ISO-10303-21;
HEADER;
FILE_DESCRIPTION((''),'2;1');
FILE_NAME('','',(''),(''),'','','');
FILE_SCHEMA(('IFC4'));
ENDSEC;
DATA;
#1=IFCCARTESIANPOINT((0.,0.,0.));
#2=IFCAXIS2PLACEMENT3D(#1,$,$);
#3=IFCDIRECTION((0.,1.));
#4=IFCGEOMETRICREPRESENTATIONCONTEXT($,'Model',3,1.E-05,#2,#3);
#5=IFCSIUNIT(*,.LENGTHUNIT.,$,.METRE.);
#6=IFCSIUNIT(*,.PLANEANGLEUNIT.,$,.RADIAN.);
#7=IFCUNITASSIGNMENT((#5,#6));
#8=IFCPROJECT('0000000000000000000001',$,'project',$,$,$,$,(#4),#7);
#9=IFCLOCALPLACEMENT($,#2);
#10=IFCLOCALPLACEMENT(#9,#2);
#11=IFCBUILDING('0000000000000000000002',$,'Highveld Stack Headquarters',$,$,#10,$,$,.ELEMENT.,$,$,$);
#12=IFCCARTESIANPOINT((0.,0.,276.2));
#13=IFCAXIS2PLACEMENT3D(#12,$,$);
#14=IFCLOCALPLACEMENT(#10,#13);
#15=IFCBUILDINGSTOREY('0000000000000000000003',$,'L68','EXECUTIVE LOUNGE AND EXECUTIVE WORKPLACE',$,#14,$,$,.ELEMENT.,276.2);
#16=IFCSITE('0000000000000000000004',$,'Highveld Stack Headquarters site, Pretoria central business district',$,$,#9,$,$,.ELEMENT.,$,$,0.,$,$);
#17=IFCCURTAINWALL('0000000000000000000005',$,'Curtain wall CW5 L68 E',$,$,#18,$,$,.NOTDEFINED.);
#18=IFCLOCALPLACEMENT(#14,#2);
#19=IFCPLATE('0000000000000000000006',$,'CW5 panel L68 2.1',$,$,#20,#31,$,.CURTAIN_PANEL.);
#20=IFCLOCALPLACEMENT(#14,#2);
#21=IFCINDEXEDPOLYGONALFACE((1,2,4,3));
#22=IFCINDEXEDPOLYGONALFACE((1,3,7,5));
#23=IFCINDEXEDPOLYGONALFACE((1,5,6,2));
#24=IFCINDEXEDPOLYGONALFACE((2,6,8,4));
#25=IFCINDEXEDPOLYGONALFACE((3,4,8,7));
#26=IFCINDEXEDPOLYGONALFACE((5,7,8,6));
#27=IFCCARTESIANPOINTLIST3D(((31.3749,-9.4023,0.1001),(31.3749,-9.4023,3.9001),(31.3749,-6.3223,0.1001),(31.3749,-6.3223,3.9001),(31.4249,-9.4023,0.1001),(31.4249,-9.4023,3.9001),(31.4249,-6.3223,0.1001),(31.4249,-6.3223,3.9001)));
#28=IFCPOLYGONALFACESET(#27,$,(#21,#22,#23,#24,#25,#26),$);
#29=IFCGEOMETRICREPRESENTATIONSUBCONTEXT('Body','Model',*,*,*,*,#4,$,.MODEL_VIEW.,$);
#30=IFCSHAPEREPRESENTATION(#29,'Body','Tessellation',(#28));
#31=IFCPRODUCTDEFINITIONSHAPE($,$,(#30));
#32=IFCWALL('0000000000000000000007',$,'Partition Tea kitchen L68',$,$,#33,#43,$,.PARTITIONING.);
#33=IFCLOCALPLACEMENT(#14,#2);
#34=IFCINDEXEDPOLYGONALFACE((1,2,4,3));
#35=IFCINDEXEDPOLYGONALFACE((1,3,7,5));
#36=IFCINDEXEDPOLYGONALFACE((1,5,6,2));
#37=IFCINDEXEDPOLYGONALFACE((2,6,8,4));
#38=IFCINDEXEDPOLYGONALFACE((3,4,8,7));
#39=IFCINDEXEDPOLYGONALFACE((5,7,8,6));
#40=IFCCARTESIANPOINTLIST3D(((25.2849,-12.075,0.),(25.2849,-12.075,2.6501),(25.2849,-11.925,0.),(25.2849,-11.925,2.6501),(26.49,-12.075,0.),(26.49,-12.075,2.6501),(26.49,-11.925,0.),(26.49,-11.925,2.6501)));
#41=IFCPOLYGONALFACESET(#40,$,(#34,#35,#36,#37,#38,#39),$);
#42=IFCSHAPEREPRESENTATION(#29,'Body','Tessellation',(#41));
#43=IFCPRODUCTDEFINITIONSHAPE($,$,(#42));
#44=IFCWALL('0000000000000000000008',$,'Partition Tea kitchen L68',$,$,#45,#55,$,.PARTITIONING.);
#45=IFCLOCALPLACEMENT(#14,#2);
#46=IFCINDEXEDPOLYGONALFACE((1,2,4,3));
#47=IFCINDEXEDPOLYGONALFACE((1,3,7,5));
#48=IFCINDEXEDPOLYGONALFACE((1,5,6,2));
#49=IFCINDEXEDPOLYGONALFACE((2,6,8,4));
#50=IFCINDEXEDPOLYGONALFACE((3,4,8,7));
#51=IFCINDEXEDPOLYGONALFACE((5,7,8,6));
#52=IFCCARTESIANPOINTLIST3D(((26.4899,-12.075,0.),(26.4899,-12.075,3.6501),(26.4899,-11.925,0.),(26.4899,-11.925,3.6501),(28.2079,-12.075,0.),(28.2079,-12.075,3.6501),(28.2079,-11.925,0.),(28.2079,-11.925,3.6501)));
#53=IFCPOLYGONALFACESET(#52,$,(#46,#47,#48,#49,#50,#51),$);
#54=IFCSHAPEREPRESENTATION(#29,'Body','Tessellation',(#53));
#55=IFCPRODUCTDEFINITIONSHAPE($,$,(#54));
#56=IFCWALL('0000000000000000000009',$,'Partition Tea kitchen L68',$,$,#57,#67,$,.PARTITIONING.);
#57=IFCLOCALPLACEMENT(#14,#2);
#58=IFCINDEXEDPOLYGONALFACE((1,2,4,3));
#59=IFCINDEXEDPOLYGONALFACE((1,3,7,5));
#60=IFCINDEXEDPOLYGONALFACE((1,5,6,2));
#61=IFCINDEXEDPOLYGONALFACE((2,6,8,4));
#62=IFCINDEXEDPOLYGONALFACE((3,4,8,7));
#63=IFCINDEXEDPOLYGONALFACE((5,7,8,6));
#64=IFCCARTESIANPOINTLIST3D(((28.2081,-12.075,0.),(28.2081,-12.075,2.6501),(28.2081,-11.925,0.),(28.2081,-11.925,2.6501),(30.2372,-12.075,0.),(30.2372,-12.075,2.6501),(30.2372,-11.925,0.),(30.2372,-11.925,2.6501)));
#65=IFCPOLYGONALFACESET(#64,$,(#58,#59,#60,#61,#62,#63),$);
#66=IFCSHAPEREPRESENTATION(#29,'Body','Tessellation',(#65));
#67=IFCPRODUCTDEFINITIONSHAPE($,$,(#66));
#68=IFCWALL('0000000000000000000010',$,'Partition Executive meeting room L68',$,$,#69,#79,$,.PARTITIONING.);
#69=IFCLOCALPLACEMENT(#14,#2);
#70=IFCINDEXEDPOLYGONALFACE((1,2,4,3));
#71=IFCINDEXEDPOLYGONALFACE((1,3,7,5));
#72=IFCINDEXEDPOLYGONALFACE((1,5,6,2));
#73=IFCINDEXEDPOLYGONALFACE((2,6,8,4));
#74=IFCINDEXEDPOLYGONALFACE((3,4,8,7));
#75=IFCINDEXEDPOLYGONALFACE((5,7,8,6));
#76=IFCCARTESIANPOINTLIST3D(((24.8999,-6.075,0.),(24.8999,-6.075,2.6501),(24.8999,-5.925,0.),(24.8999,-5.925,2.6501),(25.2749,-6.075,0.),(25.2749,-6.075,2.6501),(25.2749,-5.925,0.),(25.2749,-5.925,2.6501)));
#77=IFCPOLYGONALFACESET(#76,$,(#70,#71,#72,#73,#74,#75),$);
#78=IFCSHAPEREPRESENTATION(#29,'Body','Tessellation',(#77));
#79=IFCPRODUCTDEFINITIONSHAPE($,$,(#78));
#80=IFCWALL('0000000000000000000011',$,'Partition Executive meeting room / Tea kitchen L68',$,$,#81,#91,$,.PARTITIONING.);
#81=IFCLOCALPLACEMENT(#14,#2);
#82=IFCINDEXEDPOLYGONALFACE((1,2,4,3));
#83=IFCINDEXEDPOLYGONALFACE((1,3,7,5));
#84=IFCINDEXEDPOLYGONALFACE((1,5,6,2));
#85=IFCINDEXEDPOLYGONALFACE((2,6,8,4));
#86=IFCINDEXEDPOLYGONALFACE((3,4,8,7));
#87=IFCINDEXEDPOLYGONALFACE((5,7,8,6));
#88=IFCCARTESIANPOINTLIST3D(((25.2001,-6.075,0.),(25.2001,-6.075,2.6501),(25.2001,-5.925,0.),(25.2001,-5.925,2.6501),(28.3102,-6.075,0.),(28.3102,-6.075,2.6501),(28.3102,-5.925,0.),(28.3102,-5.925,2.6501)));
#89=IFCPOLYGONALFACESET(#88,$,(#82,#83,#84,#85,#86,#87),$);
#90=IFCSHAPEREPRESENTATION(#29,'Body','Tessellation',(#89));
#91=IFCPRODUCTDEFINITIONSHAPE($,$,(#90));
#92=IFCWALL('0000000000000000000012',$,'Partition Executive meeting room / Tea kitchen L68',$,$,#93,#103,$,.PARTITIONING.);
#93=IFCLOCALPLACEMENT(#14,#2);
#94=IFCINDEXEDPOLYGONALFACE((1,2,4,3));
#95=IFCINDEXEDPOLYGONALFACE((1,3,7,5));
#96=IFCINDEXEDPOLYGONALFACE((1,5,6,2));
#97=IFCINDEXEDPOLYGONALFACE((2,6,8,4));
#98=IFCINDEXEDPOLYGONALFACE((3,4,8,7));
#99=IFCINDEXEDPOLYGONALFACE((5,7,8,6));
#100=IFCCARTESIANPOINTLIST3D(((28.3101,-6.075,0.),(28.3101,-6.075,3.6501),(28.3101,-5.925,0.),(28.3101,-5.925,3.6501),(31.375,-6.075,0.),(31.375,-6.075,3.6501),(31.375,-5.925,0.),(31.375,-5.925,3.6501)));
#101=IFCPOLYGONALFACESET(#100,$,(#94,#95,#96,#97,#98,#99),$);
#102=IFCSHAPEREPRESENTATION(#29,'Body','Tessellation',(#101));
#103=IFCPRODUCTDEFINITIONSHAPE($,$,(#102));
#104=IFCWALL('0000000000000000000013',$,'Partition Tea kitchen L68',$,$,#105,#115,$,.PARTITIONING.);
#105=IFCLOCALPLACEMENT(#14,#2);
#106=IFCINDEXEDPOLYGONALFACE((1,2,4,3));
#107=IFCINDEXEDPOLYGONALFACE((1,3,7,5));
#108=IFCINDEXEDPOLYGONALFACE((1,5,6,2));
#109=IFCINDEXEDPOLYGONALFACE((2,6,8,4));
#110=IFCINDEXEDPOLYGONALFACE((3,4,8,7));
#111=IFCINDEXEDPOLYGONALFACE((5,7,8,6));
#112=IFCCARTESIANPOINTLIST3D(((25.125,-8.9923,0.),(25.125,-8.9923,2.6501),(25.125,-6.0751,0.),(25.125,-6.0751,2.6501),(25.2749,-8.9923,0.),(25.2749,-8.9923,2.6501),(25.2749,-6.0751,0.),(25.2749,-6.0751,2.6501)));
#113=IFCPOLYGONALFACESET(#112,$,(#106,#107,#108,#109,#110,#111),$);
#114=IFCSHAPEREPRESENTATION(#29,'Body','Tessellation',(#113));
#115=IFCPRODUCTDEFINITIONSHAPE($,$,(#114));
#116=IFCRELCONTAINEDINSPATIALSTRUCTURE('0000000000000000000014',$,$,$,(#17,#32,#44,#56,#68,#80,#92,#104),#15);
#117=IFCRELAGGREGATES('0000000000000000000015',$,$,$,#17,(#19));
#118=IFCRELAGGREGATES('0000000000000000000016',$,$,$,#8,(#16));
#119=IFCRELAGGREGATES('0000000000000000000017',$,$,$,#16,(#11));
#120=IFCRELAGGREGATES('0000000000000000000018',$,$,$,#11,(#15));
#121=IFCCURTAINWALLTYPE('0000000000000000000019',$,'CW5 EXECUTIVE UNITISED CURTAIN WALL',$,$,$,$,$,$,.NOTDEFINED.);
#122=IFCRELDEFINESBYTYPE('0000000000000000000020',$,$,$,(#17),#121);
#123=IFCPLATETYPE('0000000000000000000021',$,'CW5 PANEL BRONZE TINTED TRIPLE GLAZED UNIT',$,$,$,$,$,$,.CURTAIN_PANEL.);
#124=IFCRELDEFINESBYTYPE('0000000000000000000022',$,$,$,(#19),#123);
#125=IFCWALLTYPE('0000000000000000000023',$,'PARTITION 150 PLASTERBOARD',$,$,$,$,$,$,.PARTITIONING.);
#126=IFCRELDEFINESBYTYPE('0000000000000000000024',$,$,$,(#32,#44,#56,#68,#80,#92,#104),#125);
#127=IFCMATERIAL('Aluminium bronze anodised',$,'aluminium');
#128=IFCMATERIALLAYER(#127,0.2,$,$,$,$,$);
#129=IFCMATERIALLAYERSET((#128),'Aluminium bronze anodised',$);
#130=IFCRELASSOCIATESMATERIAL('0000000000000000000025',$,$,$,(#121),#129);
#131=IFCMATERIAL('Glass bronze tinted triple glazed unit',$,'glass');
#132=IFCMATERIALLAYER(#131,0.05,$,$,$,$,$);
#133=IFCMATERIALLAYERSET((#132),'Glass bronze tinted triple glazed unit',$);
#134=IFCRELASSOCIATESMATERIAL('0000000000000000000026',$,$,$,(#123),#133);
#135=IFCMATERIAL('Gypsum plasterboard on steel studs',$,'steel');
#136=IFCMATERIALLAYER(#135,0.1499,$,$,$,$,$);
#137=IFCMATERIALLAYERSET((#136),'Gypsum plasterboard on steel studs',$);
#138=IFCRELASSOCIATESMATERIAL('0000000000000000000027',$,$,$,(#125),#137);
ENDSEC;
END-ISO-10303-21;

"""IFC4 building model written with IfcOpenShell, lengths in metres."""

from ifc_helpers import new_model, si_unit, direction, frame, frame_2d, origin, origin_2d, place, context, subcontext, project, spatial, rectangle, extrude, material, layer, layer_set, type_object, element, aggregate, save


model = new_model("IFC4")

# Units and contexts
model_context = context("Model", 3, precision=1e-05, world=origin(), true_north=direction((0.0, 1.0)))
body_context = subcontext(model_context, "Body", "Model", "MODEL_VIEW")
ifc_project = project(units=[si_unit("LENGTHUNIT", "METRE"), si_unit("PLANEANGLEUNIT", "RADIAN")], contexts=[model_context])

# Site, building, storey
site_placement = place(None, origin())
site = spatial("IfcSite", under=ifc_project, at=site_placement, Name="Highveld Stack Headquarters site, Pretoria central business district", CompositionType="ELEMENT", RefElevation=0.0)
building_placement = place(site_placement, origin())
building = spatial("IfcBuilding", under=site, at=building_placement, Name="Highveld Stack Headquarters", CompositionType="ELEMENT")
storey_placement = place(building_placement, frame((0.0, 0.0, 276.2)))
storey = spatial("IfcBuildingStorey", under=building, at=storey_placement, Name="L68", Description="EXECUTIVE LOUNGE AND EXECUTIVE WORKPLACE", CompositionType="ELEMENT", Elevation=276.2)

# Curtain wall
ifc_material_1 = material(Name="Aluminium bronze anodised", Category="aluminium")
ifc_layer_1 = layer(ifc_material_1, 0.2)
ifc_layer_set_1 = layer_set([ifc_layer_1], Name="Aluminium bronze anodised")
curtain_wall_type = type_object("IfcCurtainWallType", Name="CW5 EXECUTIVE UNITISED CURTAIN WALL", PredefinedType="NOTDEFINED", material=ifc_layer_set_1)
curtain_wall_placement = place(storey_placement, origin())
curtain_wall = element("IfcCurtainWall", 1, at=curtain_wall_placement, inside=storey, type_object=curtain_wall_type, Name="Curtain wall CW5 L68 E", PredefinedType="NOTDEFINED")

# Plate
ifc_material_2 = material(Name="Glass bronze tinted triple glazed unit", Category="glass")
ifc_layer_2 = layer(ifc_material_2, 0.05)
ifc_layer_set_2 = layer_set([ifc_layer_2], Name="Glass bronze tinted triple glazed unit")
plate_type = type_object("IfcPlateType", Name="CW5 PANEL BRONZE TINTED TRIPLE GLAZED UNIT", PredefinedType="CURTAIN_PANEL", material=ifc_layer_set_2)
plate_1_placement = place(storey_placement, frame((31.3999, -7.8623, 0.1001), z_axis=(0.0, 0.0, 1.0), x_axis=(0.0, 1.0, 0.0)))
plate_1 = element("IfcPlate", 2, at=plate_1_placement, type_object=plate_type, Name="CW5 panel L68 2.1", PredefinedType="CURTAIN_PANEL", context=body_context, shape_type="SweptSolid", body=[
    extrude(rectangle(XDim=3.0801, YDim=0.05, at=origin_2d()), origin(), (0.0, 0.0, 1.0), 3.8),
])
aggregate(curtain_wall, [plate_1])

# Walls
ifc_material_3 = material(Name="Gypsum plasterboard on steel studs", Category="steel")
ifc_layer_3 = layer(ifc_material_3, 0.1499)
ifc_layer_set_3 = layer_set([ifc_layer_3], Name="Gypsum plasterboard on steel studs")
wall_type = type_object("IfcWallType", Name="PARTITION 150 PLASTERBOARD", PredefinedType="PARTITIONING", material=ifc_layer_set_3)
wall_1_placement = place(storey_placement, frame((25.2849, -12.0, 0.0), z_axis=(0.0, 0.0, 1.0), x_axis=(1.0, 0.0, 0.0)))
element("IfcWall", 3, at=wall_1_placement, inside=storey, type_object=wall_type, Name="Partition Tea kitchen L68", PredefinedType="PARTITIONING", context=body_context, shape_type="SweptSolid", body=[
    extrude(rectangle(XDim=1.2051, YDim=0.1499, at=frame_2d((0.6025, 0.0))), origin(), (0.0, 0.0, 1.0), 2.6501),
])
wall_2_placement = place(storey_placement, frame((26.49, -12.0, 0.0), z_axis=(0.0, 0.0, 1.0), x_axis=(1.0, 0.0, 0.0)))
element("IfcWall", 4, at=wall_2_placement, inside=storey, type_object=wall_type, Name="Partition Tea kitchen L68", PredefinedType="PARTITIONING", context=body_context, shape_type="SweptSolid", body=[
    extrude(rectangle(XDim=1.718, YDim=0.1499, at=frame_2d((0.8589, 0.0))), origin(), (0.0, 0.0, 1.0), 3.6501),
])
wall_3_placement = place(storey_placement, frame((28.208, -12.0, 0.0), z_axis=(0.0, 0.0, 1.0), x_axis=(1.0, 0.0, 0.0)))
element("IfcWall", 5, at=wall_3_placement, inside=storey, type_object=wall_type, Name="Partition Tea kitchen L68", PredefinedType="PARTITIONING", context=body_context, shape_type="SweptSolid", body=[
    extrude(rectangle(XDim=2.0291, YDim=0.1499, at=frame_2d((1.0146, 0.0))), origin(), (0.0, 0.0, 1.0), 2.6501),
])
wall_4_placement = place(storey_placement, frame((24.8999, -6.0, 0.0), z_axis=(0.0, 0.0, 1.0), x_axis=(1.0, 0.0, 0.0)))
element("IfcWall", 6, at=wall_4_placement, inside=storey, type_object=wall_type, Name="Partition Executive meeting room L68", PredefinedType="PARTITIONING", context=body_context, shape_type="SweptSolid", body=[
    extrude(rectangle(XDim=0.375, YDim=0.1499, at=frame_2d((0.1875, 0.0))), origin(), (0.0, 0.0, 1.0), 2.6501),
])
wall_5_placement = place(storey_placement, frame((25.2, -6.0, 0.0), z_axis=(0.0, 0.0, 1.0), x_axis=(1.0, 0.0, 0.0)))
element("IfcWall", 7, at=wall_5_placement, inside=storey, type_object=wall_type, Name="Partition Executive meeting room / Tea kitchen L68", PredefinedType="PARTITIONING", context=body_context, shape_type="SweptSolid", body=[
    extrude(rectangle(XDim=3.1101, YDim=0.1499, at=frame_2d((1.5552, 0.0))), origin(), (0.0, 0.0, 1.0), 2.6501),
])
wall_6_placement = place(storey_placement, frame((28.3101, -6.0, 0.0), z_axis=(0.0, 0.0, 1.0), x_axis=(1.0, 0.0, 0.0)))
element("IfcWall", 8, at=wall_6_placement, inside=storey, type_object=wall_type, Name="Partition Executive meeting room / Tea kitchen L68", PredefinedType="PARTITIONING", context=body_context, shape_type="SweptSolid", body=[
    extrude(rectangle(XDim=3.0649, YDim=0.1499, at=frame_2d((1.5325, 0.0))), origin(), (0.0, 0.0, 1.0), 3.6501),
])
wall_7_placement = place(storey_placement, frame((25.2, -8.9922, 0.0), z_axis=(0.0, 0.0, 1.0), x_axis=(0.0, 1.0, 0.0)))
element("IfcWall", 9, at=wall_7_placement, inside=storey, type_object=wall_type, Name="Partition Tea kitchen L68", PredefinedType="PARTITIONING", context=body_context, shape_type="SweptSolid", body=[
    extrude(rectangle(XDim=2.9172, YDim=0.1499, at=frame_2d((1.4585, 0.0))), origin(), (0.0, 0.0, 1.0), 2.6501),
])

save(model, "model.ifc")
